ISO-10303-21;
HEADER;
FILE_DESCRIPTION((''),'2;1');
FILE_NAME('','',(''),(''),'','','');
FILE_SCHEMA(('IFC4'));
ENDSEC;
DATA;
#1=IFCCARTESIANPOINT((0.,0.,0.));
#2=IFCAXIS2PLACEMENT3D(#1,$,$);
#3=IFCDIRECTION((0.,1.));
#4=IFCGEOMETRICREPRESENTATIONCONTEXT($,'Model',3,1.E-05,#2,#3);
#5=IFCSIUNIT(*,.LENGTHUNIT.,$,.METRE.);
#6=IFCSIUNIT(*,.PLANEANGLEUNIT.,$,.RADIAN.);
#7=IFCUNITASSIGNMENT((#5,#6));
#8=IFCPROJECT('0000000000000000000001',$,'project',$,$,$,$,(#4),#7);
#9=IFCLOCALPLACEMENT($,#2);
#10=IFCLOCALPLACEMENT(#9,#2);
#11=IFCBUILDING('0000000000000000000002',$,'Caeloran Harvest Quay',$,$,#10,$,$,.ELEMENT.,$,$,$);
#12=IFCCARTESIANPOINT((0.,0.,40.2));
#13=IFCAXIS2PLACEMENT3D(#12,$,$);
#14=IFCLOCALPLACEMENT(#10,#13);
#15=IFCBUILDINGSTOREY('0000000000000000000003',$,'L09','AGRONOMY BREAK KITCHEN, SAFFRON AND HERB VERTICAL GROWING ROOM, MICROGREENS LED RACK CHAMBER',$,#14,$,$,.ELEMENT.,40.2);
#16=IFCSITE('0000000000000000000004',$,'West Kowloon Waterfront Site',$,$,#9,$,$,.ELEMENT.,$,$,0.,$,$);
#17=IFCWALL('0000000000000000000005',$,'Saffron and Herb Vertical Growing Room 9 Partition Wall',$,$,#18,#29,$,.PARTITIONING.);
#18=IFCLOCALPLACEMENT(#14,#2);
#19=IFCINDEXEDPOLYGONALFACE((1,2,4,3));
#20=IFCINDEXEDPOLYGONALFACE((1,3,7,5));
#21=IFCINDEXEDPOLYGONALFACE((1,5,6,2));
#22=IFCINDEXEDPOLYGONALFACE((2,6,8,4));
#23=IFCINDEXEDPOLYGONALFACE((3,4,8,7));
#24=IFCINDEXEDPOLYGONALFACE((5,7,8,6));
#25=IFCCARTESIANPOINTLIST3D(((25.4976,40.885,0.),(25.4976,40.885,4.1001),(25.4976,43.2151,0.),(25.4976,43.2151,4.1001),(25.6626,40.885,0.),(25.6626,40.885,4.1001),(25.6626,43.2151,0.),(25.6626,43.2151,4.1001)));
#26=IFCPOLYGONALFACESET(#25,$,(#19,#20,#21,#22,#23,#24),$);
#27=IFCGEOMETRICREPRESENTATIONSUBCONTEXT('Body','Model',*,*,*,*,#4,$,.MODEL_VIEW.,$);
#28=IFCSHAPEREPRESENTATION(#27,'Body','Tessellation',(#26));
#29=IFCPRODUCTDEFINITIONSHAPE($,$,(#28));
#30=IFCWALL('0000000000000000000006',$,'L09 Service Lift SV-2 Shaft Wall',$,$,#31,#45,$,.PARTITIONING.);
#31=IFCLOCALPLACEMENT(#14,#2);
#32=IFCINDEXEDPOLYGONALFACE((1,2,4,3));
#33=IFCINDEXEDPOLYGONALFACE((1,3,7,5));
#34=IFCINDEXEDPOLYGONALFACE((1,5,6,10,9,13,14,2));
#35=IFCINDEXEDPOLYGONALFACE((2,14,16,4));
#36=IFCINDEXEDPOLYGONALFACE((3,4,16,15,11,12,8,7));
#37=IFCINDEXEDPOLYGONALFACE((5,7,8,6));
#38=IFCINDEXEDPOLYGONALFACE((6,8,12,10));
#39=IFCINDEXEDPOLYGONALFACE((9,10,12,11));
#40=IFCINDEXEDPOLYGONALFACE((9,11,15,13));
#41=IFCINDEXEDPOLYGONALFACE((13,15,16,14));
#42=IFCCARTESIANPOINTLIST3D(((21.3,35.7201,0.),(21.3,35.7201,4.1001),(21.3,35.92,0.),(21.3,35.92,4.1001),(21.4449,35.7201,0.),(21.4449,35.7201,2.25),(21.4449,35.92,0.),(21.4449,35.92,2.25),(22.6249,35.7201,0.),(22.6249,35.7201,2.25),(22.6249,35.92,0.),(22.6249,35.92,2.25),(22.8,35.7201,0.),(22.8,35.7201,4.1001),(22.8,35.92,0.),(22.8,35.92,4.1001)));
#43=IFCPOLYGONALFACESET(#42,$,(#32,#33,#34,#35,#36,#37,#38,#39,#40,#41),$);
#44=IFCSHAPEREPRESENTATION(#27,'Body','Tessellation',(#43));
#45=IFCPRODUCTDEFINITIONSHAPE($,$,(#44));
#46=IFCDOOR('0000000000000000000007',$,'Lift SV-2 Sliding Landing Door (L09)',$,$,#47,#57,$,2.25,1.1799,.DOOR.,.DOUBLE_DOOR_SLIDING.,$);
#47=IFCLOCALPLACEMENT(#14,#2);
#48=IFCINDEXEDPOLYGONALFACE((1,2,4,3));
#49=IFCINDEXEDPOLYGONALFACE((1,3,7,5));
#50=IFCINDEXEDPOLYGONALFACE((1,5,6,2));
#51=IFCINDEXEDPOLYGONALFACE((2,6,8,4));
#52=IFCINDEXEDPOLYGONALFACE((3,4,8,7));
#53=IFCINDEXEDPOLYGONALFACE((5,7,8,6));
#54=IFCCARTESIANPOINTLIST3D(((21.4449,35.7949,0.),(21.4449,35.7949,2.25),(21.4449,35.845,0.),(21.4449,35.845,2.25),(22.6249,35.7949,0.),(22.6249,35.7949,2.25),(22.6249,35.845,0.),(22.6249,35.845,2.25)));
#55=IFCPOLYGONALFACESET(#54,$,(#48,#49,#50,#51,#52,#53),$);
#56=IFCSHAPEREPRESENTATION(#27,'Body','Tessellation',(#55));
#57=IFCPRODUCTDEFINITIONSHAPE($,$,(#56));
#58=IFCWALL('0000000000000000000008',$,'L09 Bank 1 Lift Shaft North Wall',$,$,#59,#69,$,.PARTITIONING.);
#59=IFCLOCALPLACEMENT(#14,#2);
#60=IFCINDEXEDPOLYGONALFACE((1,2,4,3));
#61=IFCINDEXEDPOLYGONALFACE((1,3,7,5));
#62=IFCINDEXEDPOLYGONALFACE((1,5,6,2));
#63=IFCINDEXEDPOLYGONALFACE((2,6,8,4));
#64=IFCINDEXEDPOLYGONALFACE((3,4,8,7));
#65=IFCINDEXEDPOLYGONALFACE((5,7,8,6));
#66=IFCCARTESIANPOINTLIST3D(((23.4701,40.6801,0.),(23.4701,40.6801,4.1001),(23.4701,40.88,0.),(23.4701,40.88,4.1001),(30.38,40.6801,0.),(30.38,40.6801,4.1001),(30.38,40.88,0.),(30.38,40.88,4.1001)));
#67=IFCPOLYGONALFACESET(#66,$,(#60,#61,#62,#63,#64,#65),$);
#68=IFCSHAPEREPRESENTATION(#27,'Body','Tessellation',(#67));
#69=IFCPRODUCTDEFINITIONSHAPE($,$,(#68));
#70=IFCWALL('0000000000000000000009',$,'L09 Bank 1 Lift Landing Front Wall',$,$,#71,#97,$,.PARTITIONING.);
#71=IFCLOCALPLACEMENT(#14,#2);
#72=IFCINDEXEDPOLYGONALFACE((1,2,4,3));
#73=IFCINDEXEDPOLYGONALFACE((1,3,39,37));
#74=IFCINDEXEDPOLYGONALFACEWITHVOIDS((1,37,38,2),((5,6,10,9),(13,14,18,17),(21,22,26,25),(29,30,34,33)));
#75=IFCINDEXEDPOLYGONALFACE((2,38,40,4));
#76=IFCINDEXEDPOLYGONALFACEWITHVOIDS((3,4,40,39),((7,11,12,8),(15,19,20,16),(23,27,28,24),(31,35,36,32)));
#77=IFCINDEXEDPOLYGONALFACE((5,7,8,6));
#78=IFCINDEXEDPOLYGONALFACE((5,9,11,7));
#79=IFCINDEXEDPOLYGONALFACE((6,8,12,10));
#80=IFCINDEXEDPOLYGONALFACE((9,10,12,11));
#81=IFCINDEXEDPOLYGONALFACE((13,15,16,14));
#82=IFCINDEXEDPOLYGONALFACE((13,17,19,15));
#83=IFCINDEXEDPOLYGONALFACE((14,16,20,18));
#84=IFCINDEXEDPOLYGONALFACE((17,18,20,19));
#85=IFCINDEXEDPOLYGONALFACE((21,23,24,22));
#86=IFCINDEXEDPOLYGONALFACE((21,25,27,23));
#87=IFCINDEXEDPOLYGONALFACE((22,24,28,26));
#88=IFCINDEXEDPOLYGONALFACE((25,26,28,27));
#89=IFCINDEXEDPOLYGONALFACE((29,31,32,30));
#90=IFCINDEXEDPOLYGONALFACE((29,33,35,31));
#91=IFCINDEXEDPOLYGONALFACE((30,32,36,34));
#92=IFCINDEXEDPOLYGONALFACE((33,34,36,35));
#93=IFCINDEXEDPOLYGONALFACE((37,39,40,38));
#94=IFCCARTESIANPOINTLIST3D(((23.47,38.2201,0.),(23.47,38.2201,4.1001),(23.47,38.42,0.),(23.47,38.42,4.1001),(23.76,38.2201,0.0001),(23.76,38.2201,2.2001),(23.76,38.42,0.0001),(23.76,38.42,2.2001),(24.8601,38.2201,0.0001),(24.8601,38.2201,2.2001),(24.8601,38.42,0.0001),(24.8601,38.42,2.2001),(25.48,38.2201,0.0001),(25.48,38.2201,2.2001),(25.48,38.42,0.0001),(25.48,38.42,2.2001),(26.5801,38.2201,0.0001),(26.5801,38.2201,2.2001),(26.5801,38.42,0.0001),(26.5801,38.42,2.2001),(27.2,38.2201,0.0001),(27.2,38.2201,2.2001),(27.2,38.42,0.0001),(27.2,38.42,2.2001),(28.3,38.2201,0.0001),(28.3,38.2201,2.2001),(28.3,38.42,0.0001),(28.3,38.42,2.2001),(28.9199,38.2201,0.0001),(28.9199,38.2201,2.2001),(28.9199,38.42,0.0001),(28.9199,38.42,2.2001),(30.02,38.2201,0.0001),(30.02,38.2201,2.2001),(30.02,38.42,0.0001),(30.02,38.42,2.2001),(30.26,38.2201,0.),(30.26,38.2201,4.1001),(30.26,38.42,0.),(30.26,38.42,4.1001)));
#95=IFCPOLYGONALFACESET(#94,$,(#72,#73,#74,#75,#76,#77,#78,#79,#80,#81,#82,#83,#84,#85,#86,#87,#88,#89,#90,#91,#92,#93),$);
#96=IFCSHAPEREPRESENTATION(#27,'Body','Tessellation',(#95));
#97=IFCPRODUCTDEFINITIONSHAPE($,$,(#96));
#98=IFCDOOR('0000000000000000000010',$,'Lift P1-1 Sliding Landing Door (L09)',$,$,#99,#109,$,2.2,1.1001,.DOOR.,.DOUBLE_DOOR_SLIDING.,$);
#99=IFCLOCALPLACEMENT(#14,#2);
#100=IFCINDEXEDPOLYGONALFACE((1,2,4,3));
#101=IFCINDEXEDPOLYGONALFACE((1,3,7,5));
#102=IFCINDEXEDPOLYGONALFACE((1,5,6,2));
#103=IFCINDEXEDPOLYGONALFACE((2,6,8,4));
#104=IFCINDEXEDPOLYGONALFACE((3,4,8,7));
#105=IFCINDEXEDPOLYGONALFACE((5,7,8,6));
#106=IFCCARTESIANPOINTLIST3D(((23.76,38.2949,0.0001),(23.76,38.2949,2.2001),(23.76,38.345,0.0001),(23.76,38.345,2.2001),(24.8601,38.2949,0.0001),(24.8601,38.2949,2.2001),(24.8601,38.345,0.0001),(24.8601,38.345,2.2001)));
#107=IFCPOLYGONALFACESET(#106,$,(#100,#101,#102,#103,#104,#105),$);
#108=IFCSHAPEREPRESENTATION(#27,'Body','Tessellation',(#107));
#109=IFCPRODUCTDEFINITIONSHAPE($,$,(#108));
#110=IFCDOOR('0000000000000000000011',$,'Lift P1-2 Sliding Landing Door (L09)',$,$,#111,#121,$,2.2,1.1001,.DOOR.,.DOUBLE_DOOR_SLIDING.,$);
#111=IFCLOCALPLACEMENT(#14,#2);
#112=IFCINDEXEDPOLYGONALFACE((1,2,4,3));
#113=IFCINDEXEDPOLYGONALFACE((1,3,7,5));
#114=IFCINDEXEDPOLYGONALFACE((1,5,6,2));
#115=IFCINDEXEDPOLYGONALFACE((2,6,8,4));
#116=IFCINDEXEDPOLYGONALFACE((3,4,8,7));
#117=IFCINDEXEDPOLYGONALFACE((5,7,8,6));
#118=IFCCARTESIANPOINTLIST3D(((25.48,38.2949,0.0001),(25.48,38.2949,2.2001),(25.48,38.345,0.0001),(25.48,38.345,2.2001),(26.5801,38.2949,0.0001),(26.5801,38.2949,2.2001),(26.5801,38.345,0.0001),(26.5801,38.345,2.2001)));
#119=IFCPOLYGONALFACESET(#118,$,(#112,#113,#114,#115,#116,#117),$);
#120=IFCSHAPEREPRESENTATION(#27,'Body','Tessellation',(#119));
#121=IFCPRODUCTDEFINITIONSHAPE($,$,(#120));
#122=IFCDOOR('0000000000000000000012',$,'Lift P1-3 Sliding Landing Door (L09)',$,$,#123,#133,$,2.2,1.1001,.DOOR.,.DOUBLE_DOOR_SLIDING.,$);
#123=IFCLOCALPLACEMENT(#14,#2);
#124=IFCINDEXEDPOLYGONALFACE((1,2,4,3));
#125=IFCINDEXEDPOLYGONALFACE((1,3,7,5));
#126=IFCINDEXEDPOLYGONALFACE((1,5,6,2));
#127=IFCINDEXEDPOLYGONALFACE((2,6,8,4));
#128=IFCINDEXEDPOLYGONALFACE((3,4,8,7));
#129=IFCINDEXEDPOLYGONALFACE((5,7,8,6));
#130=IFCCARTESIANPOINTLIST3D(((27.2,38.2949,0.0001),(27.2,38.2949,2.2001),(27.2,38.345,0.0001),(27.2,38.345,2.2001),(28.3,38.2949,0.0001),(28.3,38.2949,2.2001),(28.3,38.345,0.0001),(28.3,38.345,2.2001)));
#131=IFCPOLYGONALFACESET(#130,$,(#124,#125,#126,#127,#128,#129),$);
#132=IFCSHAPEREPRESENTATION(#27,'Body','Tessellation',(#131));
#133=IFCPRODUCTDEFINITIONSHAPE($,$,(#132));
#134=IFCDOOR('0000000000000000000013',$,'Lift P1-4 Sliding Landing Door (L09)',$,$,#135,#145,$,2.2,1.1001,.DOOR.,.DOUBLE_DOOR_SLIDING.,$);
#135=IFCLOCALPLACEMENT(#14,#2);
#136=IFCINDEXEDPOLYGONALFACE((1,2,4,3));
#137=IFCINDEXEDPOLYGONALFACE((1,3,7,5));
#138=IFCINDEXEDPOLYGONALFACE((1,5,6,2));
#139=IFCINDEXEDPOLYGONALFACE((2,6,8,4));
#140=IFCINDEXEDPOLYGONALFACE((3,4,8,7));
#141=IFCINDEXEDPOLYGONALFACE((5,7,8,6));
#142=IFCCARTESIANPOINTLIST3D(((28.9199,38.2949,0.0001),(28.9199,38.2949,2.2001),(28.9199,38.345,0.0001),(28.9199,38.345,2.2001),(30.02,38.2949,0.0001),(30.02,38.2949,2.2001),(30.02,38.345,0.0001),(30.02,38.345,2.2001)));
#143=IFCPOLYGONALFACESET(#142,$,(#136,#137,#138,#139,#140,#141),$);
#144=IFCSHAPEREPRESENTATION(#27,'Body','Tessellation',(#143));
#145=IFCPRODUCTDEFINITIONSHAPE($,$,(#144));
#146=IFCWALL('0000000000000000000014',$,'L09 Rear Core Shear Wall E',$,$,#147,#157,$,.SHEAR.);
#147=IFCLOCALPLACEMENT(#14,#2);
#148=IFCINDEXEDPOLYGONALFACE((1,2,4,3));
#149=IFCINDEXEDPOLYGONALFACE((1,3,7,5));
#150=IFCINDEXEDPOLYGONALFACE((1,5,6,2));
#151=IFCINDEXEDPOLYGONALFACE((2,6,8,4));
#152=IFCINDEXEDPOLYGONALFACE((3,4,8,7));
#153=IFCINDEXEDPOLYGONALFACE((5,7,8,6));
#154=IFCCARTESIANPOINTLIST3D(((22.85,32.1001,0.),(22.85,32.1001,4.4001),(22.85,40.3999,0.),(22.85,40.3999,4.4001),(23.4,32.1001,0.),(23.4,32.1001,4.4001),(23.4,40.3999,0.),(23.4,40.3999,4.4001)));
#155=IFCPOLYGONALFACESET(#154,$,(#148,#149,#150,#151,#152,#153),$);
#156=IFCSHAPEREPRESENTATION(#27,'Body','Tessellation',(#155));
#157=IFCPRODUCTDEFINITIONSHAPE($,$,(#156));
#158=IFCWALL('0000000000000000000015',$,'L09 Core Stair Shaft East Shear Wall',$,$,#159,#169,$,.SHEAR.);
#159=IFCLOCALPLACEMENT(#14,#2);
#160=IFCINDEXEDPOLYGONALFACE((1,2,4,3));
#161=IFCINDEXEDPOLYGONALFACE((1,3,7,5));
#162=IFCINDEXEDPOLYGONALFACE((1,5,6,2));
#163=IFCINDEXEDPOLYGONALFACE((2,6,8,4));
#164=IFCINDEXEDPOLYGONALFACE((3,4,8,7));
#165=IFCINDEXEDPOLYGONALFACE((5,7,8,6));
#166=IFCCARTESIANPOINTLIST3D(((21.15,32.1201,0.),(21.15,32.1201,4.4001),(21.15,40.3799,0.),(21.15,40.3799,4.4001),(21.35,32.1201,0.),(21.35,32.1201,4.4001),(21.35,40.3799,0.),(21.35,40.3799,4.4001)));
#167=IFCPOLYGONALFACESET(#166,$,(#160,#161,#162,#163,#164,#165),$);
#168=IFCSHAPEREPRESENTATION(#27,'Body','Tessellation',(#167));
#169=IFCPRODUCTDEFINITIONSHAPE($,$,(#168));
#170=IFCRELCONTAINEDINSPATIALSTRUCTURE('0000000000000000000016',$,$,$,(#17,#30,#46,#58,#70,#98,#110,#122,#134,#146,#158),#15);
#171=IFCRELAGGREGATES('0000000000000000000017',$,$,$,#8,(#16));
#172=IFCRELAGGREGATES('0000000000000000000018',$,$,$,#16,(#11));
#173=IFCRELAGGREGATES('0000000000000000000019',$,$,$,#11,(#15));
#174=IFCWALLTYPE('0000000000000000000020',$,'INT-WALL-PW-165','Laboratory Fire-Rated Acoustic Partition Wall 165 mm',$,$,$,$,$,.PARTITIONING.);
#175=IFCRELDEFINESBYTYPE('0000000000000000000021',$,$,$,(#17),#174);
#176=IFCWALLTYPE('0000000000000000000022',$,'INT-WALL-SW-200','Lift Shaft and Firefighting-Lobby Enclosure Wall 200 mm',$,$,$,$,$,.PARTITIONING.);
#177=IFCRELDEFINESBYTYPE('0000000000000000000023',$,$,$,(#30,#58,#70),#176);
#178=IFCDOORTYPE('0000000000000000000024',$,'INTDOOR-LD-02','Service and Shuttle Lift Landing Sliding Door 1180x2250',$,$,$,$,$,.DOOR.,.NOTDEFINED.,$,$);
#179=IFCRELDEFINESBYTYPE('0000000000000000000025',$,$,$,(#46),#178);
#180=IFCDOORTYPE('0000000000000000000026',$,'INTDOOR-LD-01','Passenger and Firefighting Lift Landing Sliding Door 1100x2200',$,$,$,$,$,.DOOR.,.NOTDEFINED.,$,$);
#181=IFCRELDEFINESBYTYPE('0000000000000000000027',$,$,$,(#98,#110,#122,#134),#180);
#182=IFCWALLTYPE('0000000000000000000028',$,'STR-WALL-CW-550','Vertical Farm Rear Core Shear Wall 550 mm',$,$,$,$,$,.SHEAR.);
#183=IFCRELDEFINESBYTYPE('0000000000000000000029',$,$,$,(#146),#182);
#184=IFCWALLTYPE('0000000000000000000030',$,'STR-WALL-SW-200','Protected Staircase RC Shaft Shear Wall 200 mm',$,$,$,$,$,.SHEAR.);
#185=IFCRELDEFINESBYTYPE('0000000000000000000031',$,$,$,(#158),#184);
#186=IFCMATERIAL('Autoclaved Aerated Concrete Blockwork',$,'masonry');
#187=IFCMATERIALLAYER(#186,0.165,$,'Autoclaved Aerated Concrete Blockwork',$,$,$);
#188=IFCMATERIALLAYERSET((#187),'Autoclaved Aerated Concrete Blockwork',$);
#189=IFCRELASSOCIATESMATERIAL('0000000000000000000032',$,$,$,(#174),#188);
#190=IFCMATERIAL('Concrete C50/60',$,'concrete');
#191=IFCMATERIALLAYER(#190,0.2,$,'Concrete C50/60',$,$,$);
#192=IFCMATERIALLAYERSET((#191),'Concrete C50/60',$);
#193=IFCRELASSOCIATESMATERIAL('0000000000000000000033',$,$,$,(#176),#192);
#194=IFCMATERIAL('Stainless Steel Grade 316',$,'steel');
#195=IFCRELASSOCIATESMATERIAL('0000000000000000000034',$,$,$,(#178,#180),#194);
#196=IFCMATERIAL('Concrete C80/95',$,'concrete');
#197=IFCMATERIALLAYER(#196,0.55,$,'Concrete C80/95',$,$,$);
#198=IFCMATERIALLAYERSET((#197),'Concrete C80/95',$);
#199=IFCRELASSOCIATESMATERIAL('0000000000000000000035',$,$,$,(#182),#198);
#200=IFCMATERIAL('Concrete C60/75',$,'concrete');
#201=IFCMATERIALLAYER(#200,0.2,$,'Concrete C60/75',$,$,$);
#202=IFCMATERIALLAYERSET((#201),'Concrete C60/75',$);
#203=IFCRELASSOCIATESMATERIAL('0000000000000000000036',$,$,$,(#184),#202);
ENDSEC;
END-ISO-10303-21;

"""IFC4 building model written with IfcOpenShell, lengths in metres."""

from ifc_helpers import new_model, si_unit, direction, frame, frame_2d, origin, place, context, subcontext, project, spatial, rectangle, extrude, material, layer, layer_set, type_object, element, fill, save


model = new_model("IFC4")

# Units and contexts
model_context = context("Model", 3, precision=1e-05, world=origin(), true_north=direction((0.0, 1.0)))
body_context = subcontext(model_context, "Body", "Model", "MODEL_VIEW")
ifc_project = project(units=[si_unit("LENGTHUNIT", "METRE"), si_unit("PLANEANGLEUNIT", "RADIAN")], contexts=[model_context])

# Site, building, storey
site_placement = place(None, origin())
site = spatial("IfcSite", under=ifc_project, at=site_placement, Name="West Kowloon Waterfront Site", CompositionType="ELEMENT", RefElevation=0.0)
building_placement = place(site_placement, origin())
building = spatial("IfcBuilding", under=site, at=building_placement, Name="Caeloran Harvest Quay", CompositionType="ELEMENT")
storey_placement = place(building_placement, frame((0.0, 0.0, 40.2)))
storey = spatial("IfcBuildingStorey", under=building, at=storey_placement, Name="L09", Description="AGRONOMY BREAK KITCHEN, SAFFRON AND HERB VERTICAL GROWING ROOM, MICROGREENS LED RACK CHAMBER", CompositionType="ELEMENT", Elevation=40.2)

# Wall
ifc_material_1 = material(Name="Autoclaved Aerated Concrete Blockwork", Category="masonry")
ifc_layer_1 = layer(ifc_material_1, 0.165, Name="Autoclaved Aerated Concrete Blockwork")
ifc_layer_set_1 = layer_set([ifc_layer_1], Name="Autoclaved Aerated Concrete Blockwork")
wall_type_1 = type_object("IfcWallType", Name="INT-WALL-PW-165", Description="Laboratory Fire-Rated Acoustic Partition Wall 165 mm", PredefinedType="PARTITIONING", material=ifc_layer_set_1)
wall_1_placement = place(storey_placement, frame((25.5801, 40.885, 0.0), z_axis=(0.0, 0.0, 1.0), x_axis=(0.0, 1.0, 0.0)))
element("IfcWall", 1, at=wall_1_placement, inside=storey, type_object=wall_type_1, Name="Saffron and Herb Vertical Growing Room 9 Partition Wall", PredefinedType="PARTITIONING", context=body_context, shape_type="SweptSolid", body=[
    extrude(rectangle(XDim=2.3301, YDim=0.165, at=frame_2d((1.165, 0.0))), origin(), (0.0, 0.0, 1.0), 4.1001),
])

# Wall, opening, door
ifc_material_2 = material(Name="Concrete C50/60", Category="concrete")
ifc_layer_2 = layer(ifc_material_2, 0.2, Name="Concrete C50/60")
ifc_layer_set_2 = layer_set([ifc_layer_2], Name="Concrete C50/60")
wall_type_2 = type_object("IfcWallType", Name="INT-WALL-SW-200", Description="Lift Shaft and Firefighting-Lobby Enclosure Wall 200 mm", PredefinedType="PARTITIONING", material=ifc_layer_set_2)
wall_2_placement = place(storey_placement, frame((21.3, 35.8201, 0.0), z_axis=(0.0, 0.0, 1.0), x_axis=(1.0, 0.0, 0.0)))
wall_2 = element("IfcWall", 2, at=wall_2_placement, inside=storey, type_object=wall_type_2, Name="L09 Service Lift SV-2 Shaft Wall", PredefinedType="PARTITIONING", context=body_context, shape_type="SweptSolid", body=[
    extrude(rectangle(XDim=1.5, YDim=0.2, at=frame_2d((0.75, 0.0))), origin(), (0.0, 0.0, 1.0), 4.1001),
])
opening_1_placement = place(wall_2_placement, frame((0.145, 0.0, 0.0)))
opening_1 = element("IfcOpeningElement", 3, at=opening_1_placement, cuts=wall_2, PredefinedType="OPENING", context=body_context, shape_type="SweptSolid", body=[
    extrude(rectangle(XDim=1.1799, YDim=2.25, at=frame_2d((0.5898, 1.125))), frame((0.0, 0.1099, 0.0), z_axis=(0.0, -1.0, 0.0), x_axis=(1.0, 0.0, 0.0)), (0.0, 0.0, 1.0), 0.22),
])
ifc_material_3 = material(Name="Stainless Steel Grade 316", Category="steel")
door_type_1 = type_object("IfcDoorType", Name="INTDOOR-LD-02", Description="Service and Shuttle Lift Landing Sliding Door 1180x2250", OperationType="NOTDEFINED", PredefinedType="DOOR", material=ifc_material_3)
door_1_placement = place(opening_1_placement, origin())
door_1 = element("IfcDoor", 4, at=door_1_placement, inside=storey, type_object=door_type_1, Name="Lift SV-2 Sliding Landing Door (L09)", OperationType="DOUBLE_DOOR_SLIDING", OverallHeight=2.25, OverallWidth=1.1799, PredefinedType="DOOR", context=body_context, shape_type="SweptSolid", body=[
    extrude(rectangle(XDim=1.1799, YDim=2.25, at=frame_2d((0.5898, 1.125))), frame((0.0, 0.0249, 0.0), z_axis=(0.0, -1.0, 0.0), x_axis=(1.0, 0.0, 0.0)), (0.0, 0.0, 1.0), 0.05),
])
fill(opening_1, door_1)

# Wall
wall_3_placement = place(storey_placement, frame((23.47, 40.78, 0.0), z_axis=(0.0, 0.0, 1.0), x_axis=(1.0, 0.0, 0.0)))
element("IfcWall", 5, at=wall_3_placement, inside=storey, type_object=wall_type_2, Name="L09 Bank 1 Lift Shaft North Wall", PredefinedType="PARTITIONING", context=body_context, shape_type="SweptSolid", body=[
    extrude(rectangle(XDim=6.9099, YDim=0.2, at=frame_2d((3.4551, 0.0))), origin(), (0.0, 0.0, 1.0), 4.1001),
])

# Wall, openings, doors
wall_4_placement = place(storey_placement, frame((23.47, 38.3201, 0.0), z_axis=(0.0, 0.0, 1.0), x_axis=(1.0, 0.0, 0.0)))
wall_4 = element("IfcWall", 6, at=wall_4_placement, inside=storey, type_object=wall_type_2, Name="L09 Bank 1 Lift Landing Front Wall", PredefinedType="PARTITIONING", context=body_context, shape_type="SweptSolid", body=[
    extrude(rectangle(XDim=6.79, YDim=0.2, at=frame_2d((3.395, 0.0))), origin(), (0.0, 0.0, 1.0), 4.1001),
])
opening_2_placement = place(wall_4_placement, frame((0.29, 0.0, 0.0)))
opening_2 = element("IfcOpeningElement", 7, at=opening_2_placement, cuts=wall_4, PredefinedType="OPENING", context=body_context, shape_type="SweptSolid", body=[
    extrude(rectangle(XDim=1.1001, YDim=2.2, at=frame_2d((0.55, 1.1001))), frame((0.0, 0.1099, 0.0), z_axis=(0.0, -1.0, 0.0), x_axis=(1.0, 0.0, 0.0)), (0.0, 0.0, 1.0), 0.22),
])
opening_3_placement = place(wall_4_placement, frame((2.01, 0.0, 0.0)))
opening_3 = element("IfcOpeningElement", 8, at=opening_3_placement, cuts=wall_4, PredefinedType="OPENING", context=body_context, shape_type="SweptSolid", body=[
    extrude(rectangle(XDim=1.1001, YDim=2.2, at=frame_2d((0.55, 1.1001))), frame((0.0, 0.1099, 0.0), z_axis=(0.0, -1.0, 0.0), x_axis=(1.0, 0.0, 0.0)), (0.0, 0.0, 1.0), 0.22),
])
opening_4_placement = place(wall_4_placement, frame((3.73, 0.0, 0.0)))
opening_4 = element("IfcOpeningElement", 9, at=opening_4_placement, cuts=wall_4, PredefinedType="OPENING", context=body_context, shape_type="SweptSolid", body=[
    extrude(rectangle(XDim=1.1001, YDim=2.2, at=frame_2d((0.55, 1.1001))), frame((0.0, 0.1099, 0.0), z_axis=(0.0, -1.0, 0.0), x_axis=(1.0, 0.0, 0.0)), (0.0, 0.0, 1.0), 0.22),
])
opening_5_placement = place(wall_4_placement, frame((5.45, 0.0, 0.0)))
opening_5 = element("IfcOpeningElement", 10, at=opening_5_placement, cuts=wall_4, PredefinedType="OPENING", context=body_context, shape_type="SweptSolid", body=[
    extrude(rectangle(XDim=1.1001, YDim=2.2, at=frame_2d((0.55, 1.1001))), frame((0.0, 0.1099, 0.0), z_axis=(0.0, -1.0, 0.0), x_axis=(1.0, 0.0, 0.0)), (0.0, 0.0, 1.0), 0.22),
])
door_type_2 = type_object("IfcDoorType", Name="INTDOOR-LD-01", Description="Passenger and Firefighting Lift Landing Sliding Door 1100x2200", OperationType="NOTDEFINED", PredefinedType="DOOR", material=ifc_material_3)
door_2_placement = place(opening_2_placement, origin())
door_2 = element("IfcDoor", 11, at=door_2_placement, inside=storey, type_object=door_type_2, Name="Lift P1-1 Sliding Landing Door (L09)", OperationType="DOUBLE_DOOR_SLIDING", OverallHeight=2.2, OverallWidth=1.1001, PredefinedType="DOOR", context=body_context, shape_type="SweptSolid", body=[
    extrude(rectangle(XDim=1.1001, YDim=2.2, at=frame_2d((0.55, 1.1001))), frame((0.0, 0.0249, 0.0), z_axis=(0.0, -1.0, 0.0), x_axis=(1.0, 0.0, 0.0)), (0.0, 0.0, 1.0), 0.05),
])
fill(opening_2, door_2)
door_3_placement = place(opening_3_placement, origin())
door_3 = element("IfcDoor", 12, at=door_3_placement, inside=storey, type_object=door_type_2, Name="Lift P1-2 Sliding Landing Door (L09)", OperationType="DOUBLE_DOOR_SLIDING", OverallHeight=2.2, OverallWidth=1.1001, PredefinedType="DOOR", context=body_context, shape_type="SweptSolid", body=[
    extrude(rectangle(XDim=1.1001, YDim=2.2, at=frame_2d((0.55, 1.1001))), frame((0.0, 0.0249, 0.0), z_axis=(0.0, -1.0, 0.0), x_axis=(1.0, 0.0, 0.0)), (0.0, 0.0, 1.0), 0.05),
])
fill(opening_3, door_3)
door_4_placement = place(opening_4_placement, origin())
door_4 = element("IfcDoor", 13, at=door_4_placement, inside=storey, type_object=door_type_2, Name="Lift P1-3 Sliding Landing Door (L09)", OperationType="DOUBLE_DOOR_SLIDING", OverallHeight=2.2, OverallWidth=1.1001, PredefinedType="DOOR", context=body_context, shape_type="SweptSolid", body=[
    extrude(rectangle(XDim=1.1001, YDim=2.2, at=frame_2d((0.55, 1.1001))), frame((0.0, 0.0249, 0.0), z_axis=(0.0, -1.0, 0.0), x_axis=(1.0, 0.0, 0.0)), (0.0, 0.0, 1.0), 0.05),
])
fill(opening_4, door_4)
door_5_placement = place(opening_5_placement, origin())
door_5 = element("IfcDoor", 14, at=door_5_placement, inside=storey, type_object=door_type_2, Name="Lift P1-4 Sliding Landing Door (L09)", OperationType="DOUBLE_DOOR_SLIDING", OverallHeight=2.2, OverallWidth=1.1001, PredefinedType="DOOR", context=body_context, shape_type="SweptSolid", body=[
    extrude(rectangle(XDim=1.1001, YDim=2.2, at=frame_2d((0.55, 1.1001))), frame((0.0, 0.0249, 0.0), z_axis=(0.0, -1.0, 0.0), x_axis=(1.0, 0.0, 0.0)), (0.0, 0.0, 1.0), 0.05),
])
fill(opening_5, door_5)

# Walls
ifc_material_4 = material(Name="Concrete C80/95", Category="concrete")
ifc_layer_3 = layer(ifc_material_4, 0.55, Name="Concrete C80/95")
ifc_layer_set_3 = layer_set([ifc_layer_3], Name="Concrete C80/95")
wall_type_3 = type_object("IfcWallType", Name="STR-WALL-CW-550", Description="Vertical Farm Rear Core Shear Wall 550 mm", PredefinedType="SHEAR", material=ifc_layer_set_3)
wall_5_placement = place(storey_placement, frame((23.125, 32.1001, 0.0), z_axis=(0.0, 0.0, 1.0), x_axis=(0.0, 1.0, 0.0)))
element("IfcWall", 15, at=wall_5_placement, inside=storey, type_object=wall_type_3, Name="L09 Rear Core Shear Wall E", PredefinedType="SHEAR", context=body_context, shape_type="SweptSolid", body=[
    extrude(rectangle(XDim=8.2998, YDim=0.55, at=frame_2d((4.1499, 0.0))), origin(), (0.0, 0.0, 1.0), 4.4001),
])
ifc_material_5 = material(Name="Concrete C60/75", Category="concrete")
ifc_layer_4 = layer(ifc_material_5, 0.2, Name="Concrete C60/75")
ifc_layer_set_4 = layer_set([ifc_layer_4], Name="Concrete C60/75")
wall_type_4 = type_object("IfcWallType", Name="STR-WALL-SW-200", Description="Protected Staircase RC Shaft Shear Wall 200 mm", PredefinedType="SHEAR", material=ifc_layer_set_4)
wall_6_placement = place(storey_placement, frame((21.25, 32.1201, 0.0), z_axis=(0.0, 0.0, 1.0), x_axis=(0.0, 1.0, 0.0)))
element("IfcWall", 16, at=wall_6_placement, inside=storey, type_object=wall_type_4, Name="L09 Core Stair Shaft East Shear Wall", PredefinedType="SHEAR", context=body_context, shape_type="SweptSolid", body=[
    extrude(rectangle(XDim=8.2598, YDim=0.2, at=frame_2d((4.1299, 0.0))), origin(), (0.0, 0.0, 1.0), 4.4001),
])

save(model, "model.ifc")
